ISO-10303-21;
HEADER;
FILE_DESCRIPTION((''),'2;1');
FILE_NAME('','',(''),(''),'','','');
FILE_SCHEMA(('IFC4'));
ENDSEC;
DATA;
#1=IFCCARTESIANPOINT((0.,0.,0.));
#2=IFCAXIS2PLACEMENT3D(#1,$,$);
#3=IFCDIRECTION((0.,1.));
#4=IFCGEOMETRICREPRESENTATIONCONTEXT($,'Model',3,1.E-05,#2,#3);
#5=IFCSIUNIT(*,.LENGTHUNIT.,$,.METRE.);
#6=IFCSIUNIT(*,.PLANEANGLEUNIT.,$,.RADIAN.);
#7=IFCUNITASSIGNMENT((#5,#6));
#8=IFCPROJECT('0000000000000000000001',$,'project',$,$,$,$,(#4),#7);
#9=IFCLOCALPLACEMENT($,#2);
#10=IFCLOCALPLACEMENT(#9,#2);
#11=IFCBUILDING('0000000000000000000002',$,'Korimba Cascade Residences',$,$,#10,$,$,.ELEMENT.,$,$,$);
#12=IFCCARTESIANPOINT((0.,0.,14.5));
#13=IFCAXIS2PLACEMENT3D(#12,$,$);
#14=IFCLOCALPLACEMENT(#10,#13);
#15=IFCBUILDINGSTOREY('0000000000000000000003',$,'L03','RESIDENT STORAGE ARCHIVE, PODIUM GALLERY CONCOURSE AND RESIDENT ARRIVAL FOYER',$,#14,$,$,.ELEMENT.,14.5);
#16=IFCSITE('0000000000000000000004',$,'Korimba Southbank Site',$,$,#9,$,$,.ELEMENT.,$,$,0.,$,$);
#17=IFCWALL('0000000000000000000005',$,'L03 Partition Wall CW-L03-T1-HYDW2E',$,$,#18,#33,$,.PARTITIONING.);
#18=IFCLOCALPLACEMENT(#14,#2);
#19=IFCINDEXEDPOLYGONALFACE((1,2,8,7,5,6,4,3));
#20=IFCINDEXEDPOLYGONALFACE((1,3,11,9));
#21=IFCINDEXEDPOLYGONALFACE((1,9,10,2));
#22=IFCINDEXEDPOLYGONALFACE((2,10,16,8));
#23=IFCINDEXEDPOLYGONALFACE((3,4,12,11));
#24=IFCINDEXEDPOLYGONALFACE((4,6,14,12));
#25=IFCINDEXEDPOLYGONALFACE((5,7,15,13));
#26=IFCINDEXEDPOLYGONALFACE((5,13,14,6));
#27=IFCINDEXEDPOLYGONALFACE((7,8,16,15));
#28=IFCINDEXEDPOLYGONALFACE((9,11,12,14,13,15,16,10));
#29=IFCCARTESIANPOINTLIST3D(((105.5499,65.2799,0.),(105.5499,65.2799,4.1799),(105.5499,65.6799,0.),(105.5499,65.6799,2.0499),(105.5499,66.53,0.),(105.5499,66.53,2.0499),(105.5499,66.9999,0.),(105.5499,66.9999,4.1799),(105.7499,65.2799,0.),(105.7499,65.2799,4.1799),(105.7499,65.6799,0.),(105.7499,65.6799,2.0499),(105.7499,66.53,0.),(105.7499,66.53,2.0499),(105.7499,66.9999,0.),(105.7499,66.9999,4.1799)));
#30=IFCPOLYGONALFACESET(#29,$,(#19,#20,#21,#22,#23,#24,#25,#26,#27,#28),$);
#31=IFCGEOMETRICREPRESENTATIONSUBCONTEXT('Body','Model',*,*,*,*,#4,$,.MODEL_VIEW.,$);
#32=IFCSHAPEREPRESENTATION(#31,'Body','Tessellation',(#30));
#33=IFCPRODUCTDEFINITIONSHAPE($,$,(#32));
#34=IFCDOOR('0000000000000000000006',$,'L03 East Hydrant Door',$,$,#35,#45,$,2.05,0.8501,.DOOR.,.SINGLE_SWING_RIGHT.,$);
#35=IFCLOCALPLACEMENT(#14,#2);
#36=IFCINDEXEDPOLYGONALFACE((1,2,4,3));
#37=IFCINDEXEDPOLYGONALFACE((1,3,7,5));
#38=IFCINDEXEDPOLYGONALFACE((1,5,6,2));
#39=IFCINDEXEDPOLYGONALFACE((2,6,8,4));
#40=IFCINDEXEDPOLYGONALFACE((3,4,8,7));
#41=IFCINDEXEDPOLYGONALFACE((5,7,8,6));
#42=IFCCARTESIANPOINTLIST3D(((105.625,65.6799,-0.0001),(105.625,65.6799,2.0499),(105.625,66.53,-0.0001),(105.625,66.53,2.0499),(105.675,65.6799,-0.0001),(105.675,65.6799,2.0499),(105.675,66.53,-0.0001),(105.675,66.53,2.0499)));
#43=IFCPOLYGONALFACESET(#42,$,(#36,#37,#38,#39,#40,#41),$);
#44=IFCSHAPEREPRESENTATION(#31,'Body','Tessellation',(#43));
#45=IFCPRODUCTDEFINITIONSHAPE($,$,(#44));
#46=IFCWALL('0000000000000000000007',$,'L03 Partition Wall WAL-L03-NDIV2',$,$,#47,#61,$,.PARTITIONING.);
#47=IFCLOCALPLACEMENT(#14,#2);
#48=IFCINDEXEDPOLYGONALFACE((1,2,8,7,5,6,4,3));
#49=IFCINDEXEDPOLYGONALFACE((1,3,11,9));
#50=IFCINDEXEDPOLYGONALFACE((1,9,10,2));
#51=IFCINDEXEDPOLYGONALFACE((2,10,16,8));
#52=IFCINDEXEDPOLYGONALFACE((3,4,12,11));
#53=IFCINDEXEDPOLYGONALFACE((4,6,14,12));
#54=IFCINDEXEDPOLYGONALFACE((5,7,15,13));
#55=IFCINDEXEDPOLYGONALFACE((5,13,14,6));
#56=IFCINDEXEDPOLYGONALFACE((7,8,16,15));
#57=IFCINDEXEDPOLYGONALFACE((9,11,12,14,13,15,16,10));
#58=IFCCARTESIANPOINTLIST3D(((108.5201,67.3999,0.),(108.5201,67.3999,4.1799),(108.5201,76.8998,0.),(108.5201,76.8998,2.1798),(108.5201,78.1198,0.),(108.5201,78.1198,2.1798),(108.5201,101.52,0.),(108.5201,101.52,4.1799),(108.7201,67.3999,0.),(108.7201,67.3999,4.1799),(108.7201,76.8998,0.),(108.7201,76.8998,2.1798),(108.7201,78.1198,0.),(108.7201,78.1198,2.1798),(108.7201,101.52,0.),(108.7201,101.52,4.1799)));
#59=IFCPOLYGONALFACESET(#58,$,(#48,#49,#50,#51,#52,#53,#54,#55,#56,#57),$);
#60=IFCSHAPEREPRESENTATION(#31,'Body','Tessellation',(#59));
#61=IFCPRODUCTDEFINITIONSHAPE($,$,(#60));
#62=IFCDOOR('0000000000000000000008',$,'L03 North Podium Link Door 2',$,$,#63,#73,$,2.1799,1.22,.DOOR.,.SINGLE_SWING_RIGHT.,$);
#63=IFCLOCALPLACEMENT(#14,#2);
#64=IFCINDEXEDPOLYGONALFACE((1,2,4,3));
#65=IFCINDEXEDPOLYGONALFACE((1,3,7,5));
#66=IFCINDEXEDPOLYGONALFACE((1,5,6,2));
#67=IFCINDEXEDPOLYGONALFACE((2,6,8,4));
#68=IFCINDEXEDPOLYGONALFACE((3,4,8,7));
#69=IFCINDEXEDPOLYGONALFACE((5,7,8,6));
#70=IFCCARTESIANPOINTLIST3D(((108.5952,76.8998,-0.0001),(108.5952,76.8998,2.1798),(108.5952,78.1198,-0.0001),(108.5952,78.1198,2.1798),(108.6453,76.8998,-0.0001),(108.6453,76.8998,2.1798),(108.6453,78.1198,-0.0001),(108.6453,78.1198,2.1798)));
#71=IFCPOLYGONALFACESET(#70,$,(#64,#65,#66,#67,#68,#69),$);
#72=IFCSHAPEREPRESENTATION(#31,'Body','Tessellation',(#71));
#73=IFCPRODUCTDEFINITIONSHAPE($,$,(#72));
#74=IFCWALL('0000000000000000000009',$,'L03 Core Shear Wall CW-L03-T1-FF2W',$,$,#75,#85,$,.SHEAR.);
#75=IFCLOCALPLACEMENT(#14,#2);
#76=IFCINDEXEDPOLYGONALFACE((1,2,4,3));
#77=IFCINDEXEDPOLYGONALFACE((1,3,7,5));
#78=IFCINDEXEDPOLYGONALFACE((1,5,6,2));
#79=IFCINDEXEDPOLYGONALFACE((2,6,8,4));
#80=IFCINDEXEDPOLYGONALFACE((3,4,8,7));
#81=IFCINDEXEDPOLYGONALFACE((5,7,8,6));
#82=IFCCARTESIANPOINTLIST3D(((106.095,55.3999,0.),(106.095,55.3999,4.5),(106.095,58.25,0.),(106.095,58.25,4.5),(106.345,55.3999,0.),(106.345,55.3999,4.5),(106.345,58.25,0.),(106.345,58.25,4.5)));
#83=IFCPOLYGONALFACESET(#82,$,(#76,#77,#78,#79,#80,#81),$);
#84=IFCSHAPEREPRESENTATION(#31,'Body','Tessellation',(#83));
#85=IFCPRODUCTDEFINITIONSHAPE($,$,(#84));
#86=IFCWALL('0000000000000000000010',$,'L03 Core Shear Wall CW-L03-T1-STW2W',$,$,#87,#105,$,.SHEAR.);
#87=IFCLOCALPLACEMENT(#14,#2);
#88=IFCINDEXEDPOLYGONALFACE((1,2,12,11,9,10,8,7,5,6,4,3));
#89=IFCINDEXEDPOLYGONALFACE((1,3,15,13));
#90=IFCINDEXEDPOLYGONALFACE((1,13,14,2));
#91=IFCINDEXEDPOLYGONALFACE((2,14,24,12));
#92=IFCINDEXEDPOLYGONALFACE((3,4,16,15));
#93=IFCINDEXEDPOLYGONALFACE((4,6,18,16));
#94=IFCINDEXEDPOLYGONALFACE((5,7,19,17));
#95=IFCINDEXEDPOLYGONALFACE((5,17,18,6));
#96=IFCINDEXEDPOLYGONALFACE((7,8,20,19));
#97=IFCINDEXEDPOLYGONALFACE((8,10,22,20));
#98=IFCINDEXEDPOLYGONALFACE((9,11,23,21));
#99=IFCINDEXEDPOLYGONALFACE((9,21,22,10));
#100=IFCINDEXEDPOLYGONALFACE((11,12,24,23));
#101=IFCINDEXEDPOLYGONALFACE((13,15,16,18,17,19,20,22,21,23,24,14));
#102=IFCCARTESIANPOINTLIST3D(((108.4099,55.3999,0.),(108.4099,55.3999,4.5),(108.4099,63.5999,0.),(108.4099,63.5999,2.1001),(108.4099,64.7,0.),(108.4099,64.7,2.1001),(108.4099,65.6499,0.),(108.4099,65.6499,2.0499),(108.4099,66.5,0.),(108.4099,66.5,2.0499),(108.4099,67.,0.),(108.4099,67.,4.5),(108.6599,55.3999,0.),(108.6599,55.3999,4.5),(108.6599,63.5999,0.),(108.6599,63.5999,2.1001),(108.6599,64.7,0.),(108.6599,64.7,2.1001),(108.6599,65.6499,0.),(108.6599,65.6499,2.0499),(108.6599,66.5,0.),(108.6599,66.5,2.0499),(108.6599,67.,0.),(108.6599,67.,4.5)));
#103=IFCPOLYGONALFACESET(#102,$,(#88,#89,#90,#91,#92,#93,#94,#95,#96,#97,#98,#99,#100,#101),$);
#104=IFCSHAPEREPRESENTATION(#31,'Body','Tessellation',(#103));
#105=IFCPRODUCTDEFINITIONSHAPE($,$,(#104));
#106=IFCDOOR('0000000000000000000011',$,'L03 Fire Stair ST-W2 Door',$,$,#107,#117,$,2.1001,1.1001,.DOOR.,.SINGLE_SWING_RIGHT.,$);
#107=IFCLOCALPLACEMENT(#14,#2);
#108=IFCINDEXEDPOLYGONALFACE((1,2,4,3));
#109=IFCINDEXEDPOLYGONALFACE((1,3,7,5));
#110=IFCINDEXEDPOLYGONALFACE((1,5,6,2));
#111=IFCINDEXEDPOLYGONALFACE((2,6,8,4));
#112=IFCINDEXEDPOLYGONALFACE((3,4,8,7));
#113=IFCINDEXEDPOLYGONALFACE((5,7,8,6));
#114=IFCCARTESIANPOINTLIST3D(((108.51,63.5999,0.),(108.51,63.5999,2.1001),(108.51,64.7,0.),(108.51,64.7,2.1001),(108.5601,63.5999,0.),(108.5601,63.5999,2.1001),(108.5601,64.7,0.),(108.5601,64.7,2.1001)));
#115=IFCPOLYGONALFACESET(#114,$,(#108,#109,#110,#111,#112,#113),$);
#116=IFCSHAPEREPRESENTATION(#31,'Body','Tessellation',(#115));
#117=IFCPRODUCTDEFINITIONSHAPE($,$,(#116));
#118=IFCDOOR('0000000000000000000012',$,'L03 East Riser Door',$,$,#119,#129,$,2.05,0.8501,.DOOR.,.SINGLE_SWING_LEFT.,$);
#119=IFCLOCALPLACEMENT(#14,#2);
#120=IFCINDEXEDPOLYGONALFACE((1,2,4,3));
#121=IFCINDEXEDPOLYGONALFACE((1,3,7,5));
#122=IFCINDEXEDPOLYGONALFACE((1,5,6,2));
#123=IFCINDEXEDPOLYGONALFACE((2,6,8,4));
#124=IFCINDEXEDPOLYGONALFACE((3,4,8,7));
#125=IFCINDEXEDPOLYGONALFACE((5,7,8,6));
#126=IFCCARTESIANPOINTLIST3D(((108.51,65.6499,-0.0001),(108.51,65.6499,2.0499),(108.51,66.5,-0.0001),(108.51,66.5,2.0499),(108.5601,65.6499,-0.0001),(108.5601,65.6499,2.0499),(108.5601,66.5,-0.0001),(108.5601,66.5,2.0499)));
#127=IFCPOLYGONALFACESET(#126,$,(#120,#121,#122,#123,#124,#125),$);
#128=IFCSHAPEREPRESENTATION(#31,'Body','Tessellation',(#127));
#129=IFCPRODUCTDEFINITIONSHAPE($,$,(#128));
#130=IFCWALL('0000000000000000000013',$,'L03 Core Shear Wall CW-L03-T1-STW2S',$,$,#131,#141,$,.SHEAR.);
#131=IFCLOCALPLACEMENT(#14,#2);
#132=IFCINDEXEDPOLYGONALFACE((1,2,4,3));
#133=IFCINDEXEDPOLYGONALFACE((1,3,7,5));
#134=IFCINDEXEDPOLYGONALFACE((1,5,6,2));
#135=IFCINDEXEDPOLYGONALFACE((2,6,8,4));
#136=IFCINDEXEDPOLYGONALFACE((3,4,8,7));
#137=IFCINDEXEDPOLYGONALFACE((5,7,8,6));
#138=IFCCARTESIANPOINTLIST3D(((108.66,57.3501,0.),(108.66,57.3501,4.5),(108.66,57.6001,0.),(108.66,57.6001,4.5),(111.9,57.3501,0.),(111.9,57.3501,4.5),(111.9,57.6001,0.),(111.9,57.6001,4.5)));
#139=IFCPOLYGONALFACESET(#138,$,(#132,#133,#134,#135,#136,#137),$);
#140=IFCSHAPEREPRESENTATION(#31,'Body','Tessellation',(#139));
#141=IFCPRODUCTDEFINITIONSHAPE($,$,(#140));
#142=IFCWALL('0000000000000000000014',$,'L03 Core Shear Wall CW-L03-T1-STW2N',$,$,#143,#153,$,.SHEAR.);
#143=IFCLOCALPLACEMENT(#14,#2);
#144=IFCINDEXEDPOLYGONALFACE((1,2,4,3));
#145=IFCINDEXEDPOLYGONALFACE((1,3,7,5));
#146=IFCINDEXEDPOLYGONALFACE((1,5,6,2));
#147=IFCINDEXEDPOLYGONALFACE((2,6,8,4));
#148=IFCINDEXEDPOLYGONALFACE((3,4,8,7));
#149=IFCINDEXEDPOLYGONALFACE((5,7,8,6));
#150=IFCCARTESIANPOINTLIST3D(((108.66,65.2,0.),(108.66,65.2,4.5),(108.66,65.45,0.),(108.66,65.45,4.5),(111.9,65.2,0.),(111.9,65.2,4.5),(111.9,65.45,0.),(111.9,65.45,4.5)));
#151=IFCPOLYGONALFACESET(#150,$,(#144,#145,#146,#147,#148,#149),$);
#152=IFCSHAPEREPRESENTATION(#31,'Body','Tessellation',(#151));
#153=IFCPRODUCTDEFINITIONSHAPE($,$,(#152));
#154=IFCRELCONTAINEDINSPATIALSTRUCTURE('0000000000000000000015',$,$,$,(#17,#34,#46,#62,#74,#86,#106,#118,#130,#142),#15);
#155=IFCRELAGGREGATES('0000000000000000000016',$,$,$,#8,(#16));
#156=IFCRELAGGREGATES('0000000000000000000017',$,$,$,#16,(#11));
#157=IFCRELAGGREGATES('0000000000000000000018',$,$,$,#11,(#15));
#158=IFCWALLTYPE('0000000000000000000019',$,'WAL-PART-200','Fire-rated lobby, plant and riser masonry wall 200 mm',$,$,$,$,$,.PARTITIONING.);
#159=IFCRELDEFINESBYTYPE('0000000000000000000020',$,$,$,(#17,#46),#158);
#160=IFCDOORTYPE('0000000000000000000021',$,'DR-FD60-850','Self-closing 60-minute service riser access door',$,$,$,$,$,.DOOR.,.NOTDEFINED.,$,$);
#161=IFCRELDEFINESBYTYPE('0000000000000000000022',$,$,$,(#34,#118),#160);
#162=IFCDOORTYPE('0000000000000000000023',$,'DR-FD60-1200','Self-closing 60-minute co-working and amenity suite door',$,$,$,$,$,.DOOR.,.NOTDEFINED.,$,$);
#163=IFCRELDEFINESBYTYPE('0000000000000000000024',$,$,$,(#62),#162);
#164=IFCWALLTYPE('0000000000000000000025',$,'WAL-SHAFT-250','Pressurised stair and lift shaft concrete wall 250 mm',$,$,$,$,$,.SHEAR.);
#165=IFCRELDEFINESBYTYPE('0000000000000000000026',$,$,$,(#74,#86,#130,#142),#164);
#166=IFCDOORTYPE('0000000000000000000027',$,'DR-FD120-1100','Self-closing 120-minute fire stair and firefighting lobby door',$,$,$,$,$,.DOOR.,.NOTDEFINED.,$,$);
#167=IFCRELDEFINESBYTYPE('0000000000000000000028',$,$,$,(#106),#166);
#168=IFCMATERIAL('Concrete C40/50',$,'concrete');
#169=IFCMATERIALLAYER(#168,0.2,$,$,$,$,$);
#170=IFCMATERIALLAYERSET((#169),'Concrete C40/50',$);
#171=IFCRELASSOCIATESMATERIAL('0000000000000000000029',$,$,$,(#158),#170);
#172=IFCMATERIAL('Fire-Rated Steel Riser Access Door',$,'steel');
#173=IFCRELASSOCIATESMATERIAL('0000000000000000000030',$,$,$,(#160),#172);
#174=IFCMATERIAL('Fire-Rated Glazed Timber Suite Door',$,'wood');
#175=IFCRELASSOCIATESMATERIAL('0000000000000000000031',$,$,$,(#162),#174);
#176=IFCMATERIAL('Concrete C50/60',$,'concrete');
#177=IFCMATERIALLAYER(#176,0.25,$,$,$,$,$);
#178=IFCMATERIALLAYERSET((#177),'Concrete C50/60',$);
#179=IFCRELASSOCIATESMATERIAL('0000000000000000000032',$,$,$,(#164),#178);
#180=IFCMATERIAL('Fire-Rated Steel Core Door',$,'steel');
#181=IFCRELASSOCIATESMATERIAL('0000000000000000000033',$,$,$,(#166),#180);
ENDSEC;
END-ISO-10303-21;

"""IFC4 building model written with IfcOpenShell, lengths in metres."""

from ifc_helpers import new_model, si_unit, direction, frame, frame_2d, origin, place, context, subcontext, project, spatial, rectangle, extrude, material, layer, layer_set, type_object, element, fill, save


model = new_model("IFC4")

# Units and contexts
model_context = context("Model", 3, precision=1e-05, world=origin(), true_north=direction((0.0, 1.0)))
body_context = subcontext(model_context, "Body", "Model", "MODEL_VIEW")
ifc_project = project(units=[si_unit("LENGTHUNIT", "METRE"), si_unit("PLANEANGLEUNIT", "RADIAN")], contexts=[model_context])

# Site, building, storey
site_placement = place(None, origin())
site = spatial("IfcSite", under=ifc_project, at=site_placement, Name="Korimba Southbank Site", CompositionType="ELEMENT", RefElevation=0.0)
building_placement = place(site_placement, origin())
building = spatial("IfcBuilding", under=site, at=building_placement, Name="Korimba Cascade Residences", CompositionType="ELEMENT")
storey_placement = place(building_placement, frame((0.0, 0.0, 14.5)))
storey = spatial("IfcBuildingStorey", under=building, at=storey_placement, Name="L03", Description="RESIDENT STORAGE ARCHIVE, PODIUM GALLERY CONCOURSE AND RESIDENT ARRIVAL FOYER", CompositionType="ELEMENT", Elevation=14.5)

# Walls, openings, doors
ifc_material_1 = material(Name="Concrete C40/50", Category="concrete")
ifc_layer_1 = layer(ifc_material_1, 0.2)
ifc_layer_set_1 = layer_set([ifc_layer_1], Name="Concrete C40/50")
wall_type_1 = type_object("IfcWallType", Name="WAL-PART-200", Description="Fire-rated lobby, plant and riser masonry wall 200 mm", PredefinedType="PARTITIONING", material=ifc_layer_set_1)
wall_1_placement = place(storey_placement, frame((105.6499, 65.28, 0.0), z_axis=(0.0, 0.0, 1.0), x_axis=(0.0, 1.0, 0.0)))
wall_1 = element("IfcWall", 1, at=wall_1_placement, inside=storey, type_object=wall_type_1, Name="L03 Partition Wall CW-L03-T1-HYDW2E", PredefinedType="PARTITIONING", context=body_context, shape_type="SweptSolid", body=[
    extrude(rectangle(XDim=1.72, YDim=0.2, at=frame_2d((0.8599, 0.0))), origin(), (0.0, 0.0, 1.0), 4.1799),
])
opening_1_placement = place(wall_1_placement, frame((0.3999, 0.0, 0.0)))
opening_1 = element("IfcOpeningElement", 2, at=opening_1_placement, cuts=wall_1, PredefinedType="OPENING", context=body_context, shape_type="SweptSolid", body=[
    extrude(rectangle(XDim=0.8501, YDim=2.05, at=frame_2d((0.425, 1.0249))), frame((0.0, 0.1099, 0.0), z_axis=(0.0, -1.0, 0.0), x_axis=(1.0, 0.0, 0.0)), (0.0, 0.0, 1.0), 0.22),
])
ifc_material_2 = material(Name="Fire-Rated Steel Riser Access Door", Category="steel")
door_type_1 = type_object("IfcDoorType", Name="DR-FD60-850", Description="Self-closing 60-minute service riser access door", OperationType="NOTDEFINED", PredefinedType="DOOR", material=ifc_material_2)
door_1_placement = place(opening_1_placement, origin())
door_1 = element("IfcDoor", 3, at=door_1_placement, inside=storey, type_object=door_type_1, Name="L03 East Hydrant Door", OperationType="SINGLE_SWING_RIGHT", OverallHeight=2.05, OverallWidth=0.8501, PredefinedType="DOOR", context=body_context, shape_type="SweptSolid", body=[
    extrude(rectangle(XDim=0.8501, YDim=2.05, at=frame_2d((0.425, 1.0249))), frame((0.0, 0.0249, 0.0), z_axis=(0.0, -1.0, 0.0), x_axis=(1.0, 0.0, 0.0)), (0.0, 0.0, 1.0), 0.05),
])
fill(opening_1, door_1)
wall_2_placement = place(storey_placement, frame((108.6201, 67.3999, 0.0), z_axis=(0.0, 0.0, 1.0), x_axis=(0.0, 1.0, 0.0)))
wall_2 = element("IfcWall", 4, at=wall_2_placement, inside=storey, type_object=wall_type_1, Name="L03 Partition Wall WAL-L03-NDIV2", PredefinedType="PARTITIONING", context=body_context, shape_type="SweptSolid", body=[
    extrude(rectangle(XDim=34.1201, YDim=0.2, at=frame_2d((17.0601, 0.0))), origin(), (0.0, 0.0, 1.0), 4.1799),
])
opening_2_placement = place(wall_2_placement, frame((9.5, 0.0, 0.0)))
opening_2 = element("IfcOpeningElement", 5, at=opening_2_placement, cuts=wall_2, PredefinedType="OPENING", context=body_context, shape_type="SweptSolid", body=[
    extrude(rectangle(XDim=1.22, YDim=2.1799, at=frame_2d((0.6099, 1.0898))), frame((0.0, 0.1099, 0.0), z_axis=(0.0, -1.0, 0.0), x_axis=(1.0, 0.0, 0.0)), (0.0, 0.0, 1.0), 0.22),
])
ifc_material_3 = material(Name="Fire-Rated Glazed Timber Suite Door", Category="wood")
door_type_2 = type_object("IfcDoorType", Name="DR-FD60-1200", Description="Self-closing 60-minute co-working and amenity suite door", OperationType="NOTDEFINED", PredefinedType="DOOR", material=ifc_material_3)
door_2_placement = place(opening_2_placement, origin())
door_2 = element("IfcDoor", 6, at=door_2_placement, inside=storey, type_object=door_type_2, Name="L03 North Podium Link Door 2", OperationType="SINGLE_SWING_RIGHT", OverallHeight=2.1799, OverallWidth=1.22, PredefinedType="DOOR", context=body_context, shape_type="SweptSolid", body=[
    extrude(rectangle(XDim=1.22, YDim=2.1799, at=frame_2d((0.6099, 1.0898))), frame((0.0, 0.0249, 0.0), z_axis=(0.0, -1.0, 0.0), x_axis=(1.0, 0.0, 0.0)), (0.0, 0.0, 1.0), 0.05),
])
fill(opening_2, door_2)

# Wall
ifc_material_4 = material(Name="Concrete C50/60", Category="concrete")
ifc_layer_2 = layer(ifc_material_4, 0.25)
ifc_layer_set_2 = layer_set([ifc_layer_2], Name="Concrete C50/60")
wall_type_2 = type_object("IfcWallType", Name="WAL-SHAFT-250", Description="Pressurised stair and lift shaft concrete wall 250 mm", PredefinedType="SHEAR", material=ifc_layer_set_2)
wall_3_placement = place(storey_placement, frame((106.22, 55.3999, 0.0), z_axis=(0.0, 0.0, 1.0), x_axis=(0.0, 1.0, 0.0)))
element("IfcWall", 7, at=wall_3_placement, inside=storey, type_object=wall_type_2, Name="L03 Core Shear Wall CW-L03-T1-FF2W", PredefinedType="SHEAR", context=body_context, shape_type="SweptSolid", body=[
    extrude(rectangle(XDim=2.8501, YDim=0.25, at=frame_2d((1.425, 0.0))), origin(), (0.0, 0.0, 1.0), 4.5),
])

# Wall, openings, doors
wall_4_placement = place(storey_placement, frame((108.5349, 55.3999, 0.0), z_axis=(0.0, 0.0, 1.0), x_axis=(0.0, 1.0, 0.0)))
wall_4 = element("IfcWall", 8, at=wall_4_placement, inside=storey, type_object=wall_type_2, Name="L03 Core Shear Wall CW-L03-T1-STW2W", PredefinedType="SHEAR", context=body_context, shape_type="SweptSolid", body=[
    extrude(rectangle(XDim=11.6001, YDim=0.25, at=frame_2d((5.8, 0.0))), origin(), (0.0, 0.0, 1.0), 4.5),
])
opening_3_placement = place(wall_4_placement, frame((8.2, 0.0, 0.0)))
opening_3 = element("IfcOpeningElement", 9, at=opening_3_placement, cuts=wall_4, PredefinedType="OPENING", context=body_context, shape_type="SweptSolid", body=[
    extrude(rectangle(XDim=1.1001, YDim=2.1001, at=frame_2d((0.55, 1.05))), frame((0.0, 0.135, 0.0), z_axis=(0.0, -1.0, 0.0), x_axis=(1.0, 0.0, 0.0)), (0.0, 0.0, 1.0), 0.27),
])
opening_4_placement = place(wall_4_placement, frame((10.25, 0.0, 0.0)))
opening_4 = element("IfcOpeningElement", 10, at=opening_4_placement, cuts=wall_4, PredefinedType="OPENING", context=body_context, shape_type="SweptSolid", body=[
    extrude(rectangle(XDim=0.8501, YDim=2.05, at=frame_2d((0.425, 1.0249))), frame((0.0, 0.135, 0.0), z_axis=(0.0, -1.0, 0.0), x_axis=(1.0, 0.0, 0.0)), (0.0, 0.0, 1.0), 0.27),
])
ifc_material_5 = material(Name="Fire-Rated Steel Core Door", Category="steel")
door_type_3 = type_object("IfcDoorType", Name="DR-FD120-1100", Description="Self-closing 120-minute fire stair and firefighting lobby door", OperationType="NOTDEFINED", PredefinedType="DOOR", material=ifc_material_5)
door_3_placement = place(opening_3_placement, origin())
door_3 = element("IfcDoor", 11, at=door_3_placement, inside=storey, type_object=door_type_3, Name="L03 Fire Stair ST-W2 Door", OperationType="SINGLE_SWING_RIGHT", OverallHeight=2.1001, OverallWidth=1.1001, PredefinedType="DOOR", context=body_context, shape_type="SweptSolid", body=[
    extrude(rectangle(XDim=1.1001, YDim=2.1001, at=frame_2d((0.55, 1.05))), frame((0.0, 0.0249, 0.0), z_axis=(0.0, -1.0, 0.0), x_axis=(1.0, 0.0, 0.0)), (0.0, 0.0, 1.0), 0.05),
])
fill(opening_3, door_3)
door_4_placement = place(opening_4_placement, origin())
door_4 = element("IfcDoor", 12, at=door_4_placement, inside=storey, type_object=door_type_1, Name="L03 East Riser Door", OperationType="SINGLE_SWING_LEFT", OverallHeight=2.05, OverallWidth=0.8501, PredefinedType="DOOR", context=body_context, shape_type="SweptSolid", body=[
    extrude(rectangle(XDim=0.8501, YDim=2.05, at=frame_2d((0.425, 1.0249))), frame((0.0, 0.0249, 0.0), z_axis=(0.0, -1.0, 0.0), x_axis=(1.0, 0.0, 0.0)), (0.0, 0.0, 1.0), 0.05),
])
fill(opening_4, door_4)

# Walls
for number, where, z_axis, x_axis, name in (
    (13, (108.6599, 57.4751, 0.0), (0.0, 0.0, 1.0), (1.0, 0.0, 0.0), "L03 Core Shear Wall CW-L03-T1-STW2S"),
    (14, (108.6599, 65.325, 0.0), (0.0, 0.0, 1.0), (1.0, 0.0, 0.0), "L03 Core Shear Wall CW-L03-T1-STW2N"),
):
    element("IfcWall", number, at=place(storey_placement, frame(where, z_axis=z_axis, x_axis=x_axis)), inside=storey, type_object=wall_type_2, Name=name, PredefinedType="SHEAR", context=body_context, shape_type="SweptSolid", body=[
        extrude(rectangle(XDim=3.24, YDim=0.25, at=frame_2d((1.6201, 0.0))), origin(), (0.0, 0.0, 1.0), 4.5),
    ])

save(model, "model.ifc")
